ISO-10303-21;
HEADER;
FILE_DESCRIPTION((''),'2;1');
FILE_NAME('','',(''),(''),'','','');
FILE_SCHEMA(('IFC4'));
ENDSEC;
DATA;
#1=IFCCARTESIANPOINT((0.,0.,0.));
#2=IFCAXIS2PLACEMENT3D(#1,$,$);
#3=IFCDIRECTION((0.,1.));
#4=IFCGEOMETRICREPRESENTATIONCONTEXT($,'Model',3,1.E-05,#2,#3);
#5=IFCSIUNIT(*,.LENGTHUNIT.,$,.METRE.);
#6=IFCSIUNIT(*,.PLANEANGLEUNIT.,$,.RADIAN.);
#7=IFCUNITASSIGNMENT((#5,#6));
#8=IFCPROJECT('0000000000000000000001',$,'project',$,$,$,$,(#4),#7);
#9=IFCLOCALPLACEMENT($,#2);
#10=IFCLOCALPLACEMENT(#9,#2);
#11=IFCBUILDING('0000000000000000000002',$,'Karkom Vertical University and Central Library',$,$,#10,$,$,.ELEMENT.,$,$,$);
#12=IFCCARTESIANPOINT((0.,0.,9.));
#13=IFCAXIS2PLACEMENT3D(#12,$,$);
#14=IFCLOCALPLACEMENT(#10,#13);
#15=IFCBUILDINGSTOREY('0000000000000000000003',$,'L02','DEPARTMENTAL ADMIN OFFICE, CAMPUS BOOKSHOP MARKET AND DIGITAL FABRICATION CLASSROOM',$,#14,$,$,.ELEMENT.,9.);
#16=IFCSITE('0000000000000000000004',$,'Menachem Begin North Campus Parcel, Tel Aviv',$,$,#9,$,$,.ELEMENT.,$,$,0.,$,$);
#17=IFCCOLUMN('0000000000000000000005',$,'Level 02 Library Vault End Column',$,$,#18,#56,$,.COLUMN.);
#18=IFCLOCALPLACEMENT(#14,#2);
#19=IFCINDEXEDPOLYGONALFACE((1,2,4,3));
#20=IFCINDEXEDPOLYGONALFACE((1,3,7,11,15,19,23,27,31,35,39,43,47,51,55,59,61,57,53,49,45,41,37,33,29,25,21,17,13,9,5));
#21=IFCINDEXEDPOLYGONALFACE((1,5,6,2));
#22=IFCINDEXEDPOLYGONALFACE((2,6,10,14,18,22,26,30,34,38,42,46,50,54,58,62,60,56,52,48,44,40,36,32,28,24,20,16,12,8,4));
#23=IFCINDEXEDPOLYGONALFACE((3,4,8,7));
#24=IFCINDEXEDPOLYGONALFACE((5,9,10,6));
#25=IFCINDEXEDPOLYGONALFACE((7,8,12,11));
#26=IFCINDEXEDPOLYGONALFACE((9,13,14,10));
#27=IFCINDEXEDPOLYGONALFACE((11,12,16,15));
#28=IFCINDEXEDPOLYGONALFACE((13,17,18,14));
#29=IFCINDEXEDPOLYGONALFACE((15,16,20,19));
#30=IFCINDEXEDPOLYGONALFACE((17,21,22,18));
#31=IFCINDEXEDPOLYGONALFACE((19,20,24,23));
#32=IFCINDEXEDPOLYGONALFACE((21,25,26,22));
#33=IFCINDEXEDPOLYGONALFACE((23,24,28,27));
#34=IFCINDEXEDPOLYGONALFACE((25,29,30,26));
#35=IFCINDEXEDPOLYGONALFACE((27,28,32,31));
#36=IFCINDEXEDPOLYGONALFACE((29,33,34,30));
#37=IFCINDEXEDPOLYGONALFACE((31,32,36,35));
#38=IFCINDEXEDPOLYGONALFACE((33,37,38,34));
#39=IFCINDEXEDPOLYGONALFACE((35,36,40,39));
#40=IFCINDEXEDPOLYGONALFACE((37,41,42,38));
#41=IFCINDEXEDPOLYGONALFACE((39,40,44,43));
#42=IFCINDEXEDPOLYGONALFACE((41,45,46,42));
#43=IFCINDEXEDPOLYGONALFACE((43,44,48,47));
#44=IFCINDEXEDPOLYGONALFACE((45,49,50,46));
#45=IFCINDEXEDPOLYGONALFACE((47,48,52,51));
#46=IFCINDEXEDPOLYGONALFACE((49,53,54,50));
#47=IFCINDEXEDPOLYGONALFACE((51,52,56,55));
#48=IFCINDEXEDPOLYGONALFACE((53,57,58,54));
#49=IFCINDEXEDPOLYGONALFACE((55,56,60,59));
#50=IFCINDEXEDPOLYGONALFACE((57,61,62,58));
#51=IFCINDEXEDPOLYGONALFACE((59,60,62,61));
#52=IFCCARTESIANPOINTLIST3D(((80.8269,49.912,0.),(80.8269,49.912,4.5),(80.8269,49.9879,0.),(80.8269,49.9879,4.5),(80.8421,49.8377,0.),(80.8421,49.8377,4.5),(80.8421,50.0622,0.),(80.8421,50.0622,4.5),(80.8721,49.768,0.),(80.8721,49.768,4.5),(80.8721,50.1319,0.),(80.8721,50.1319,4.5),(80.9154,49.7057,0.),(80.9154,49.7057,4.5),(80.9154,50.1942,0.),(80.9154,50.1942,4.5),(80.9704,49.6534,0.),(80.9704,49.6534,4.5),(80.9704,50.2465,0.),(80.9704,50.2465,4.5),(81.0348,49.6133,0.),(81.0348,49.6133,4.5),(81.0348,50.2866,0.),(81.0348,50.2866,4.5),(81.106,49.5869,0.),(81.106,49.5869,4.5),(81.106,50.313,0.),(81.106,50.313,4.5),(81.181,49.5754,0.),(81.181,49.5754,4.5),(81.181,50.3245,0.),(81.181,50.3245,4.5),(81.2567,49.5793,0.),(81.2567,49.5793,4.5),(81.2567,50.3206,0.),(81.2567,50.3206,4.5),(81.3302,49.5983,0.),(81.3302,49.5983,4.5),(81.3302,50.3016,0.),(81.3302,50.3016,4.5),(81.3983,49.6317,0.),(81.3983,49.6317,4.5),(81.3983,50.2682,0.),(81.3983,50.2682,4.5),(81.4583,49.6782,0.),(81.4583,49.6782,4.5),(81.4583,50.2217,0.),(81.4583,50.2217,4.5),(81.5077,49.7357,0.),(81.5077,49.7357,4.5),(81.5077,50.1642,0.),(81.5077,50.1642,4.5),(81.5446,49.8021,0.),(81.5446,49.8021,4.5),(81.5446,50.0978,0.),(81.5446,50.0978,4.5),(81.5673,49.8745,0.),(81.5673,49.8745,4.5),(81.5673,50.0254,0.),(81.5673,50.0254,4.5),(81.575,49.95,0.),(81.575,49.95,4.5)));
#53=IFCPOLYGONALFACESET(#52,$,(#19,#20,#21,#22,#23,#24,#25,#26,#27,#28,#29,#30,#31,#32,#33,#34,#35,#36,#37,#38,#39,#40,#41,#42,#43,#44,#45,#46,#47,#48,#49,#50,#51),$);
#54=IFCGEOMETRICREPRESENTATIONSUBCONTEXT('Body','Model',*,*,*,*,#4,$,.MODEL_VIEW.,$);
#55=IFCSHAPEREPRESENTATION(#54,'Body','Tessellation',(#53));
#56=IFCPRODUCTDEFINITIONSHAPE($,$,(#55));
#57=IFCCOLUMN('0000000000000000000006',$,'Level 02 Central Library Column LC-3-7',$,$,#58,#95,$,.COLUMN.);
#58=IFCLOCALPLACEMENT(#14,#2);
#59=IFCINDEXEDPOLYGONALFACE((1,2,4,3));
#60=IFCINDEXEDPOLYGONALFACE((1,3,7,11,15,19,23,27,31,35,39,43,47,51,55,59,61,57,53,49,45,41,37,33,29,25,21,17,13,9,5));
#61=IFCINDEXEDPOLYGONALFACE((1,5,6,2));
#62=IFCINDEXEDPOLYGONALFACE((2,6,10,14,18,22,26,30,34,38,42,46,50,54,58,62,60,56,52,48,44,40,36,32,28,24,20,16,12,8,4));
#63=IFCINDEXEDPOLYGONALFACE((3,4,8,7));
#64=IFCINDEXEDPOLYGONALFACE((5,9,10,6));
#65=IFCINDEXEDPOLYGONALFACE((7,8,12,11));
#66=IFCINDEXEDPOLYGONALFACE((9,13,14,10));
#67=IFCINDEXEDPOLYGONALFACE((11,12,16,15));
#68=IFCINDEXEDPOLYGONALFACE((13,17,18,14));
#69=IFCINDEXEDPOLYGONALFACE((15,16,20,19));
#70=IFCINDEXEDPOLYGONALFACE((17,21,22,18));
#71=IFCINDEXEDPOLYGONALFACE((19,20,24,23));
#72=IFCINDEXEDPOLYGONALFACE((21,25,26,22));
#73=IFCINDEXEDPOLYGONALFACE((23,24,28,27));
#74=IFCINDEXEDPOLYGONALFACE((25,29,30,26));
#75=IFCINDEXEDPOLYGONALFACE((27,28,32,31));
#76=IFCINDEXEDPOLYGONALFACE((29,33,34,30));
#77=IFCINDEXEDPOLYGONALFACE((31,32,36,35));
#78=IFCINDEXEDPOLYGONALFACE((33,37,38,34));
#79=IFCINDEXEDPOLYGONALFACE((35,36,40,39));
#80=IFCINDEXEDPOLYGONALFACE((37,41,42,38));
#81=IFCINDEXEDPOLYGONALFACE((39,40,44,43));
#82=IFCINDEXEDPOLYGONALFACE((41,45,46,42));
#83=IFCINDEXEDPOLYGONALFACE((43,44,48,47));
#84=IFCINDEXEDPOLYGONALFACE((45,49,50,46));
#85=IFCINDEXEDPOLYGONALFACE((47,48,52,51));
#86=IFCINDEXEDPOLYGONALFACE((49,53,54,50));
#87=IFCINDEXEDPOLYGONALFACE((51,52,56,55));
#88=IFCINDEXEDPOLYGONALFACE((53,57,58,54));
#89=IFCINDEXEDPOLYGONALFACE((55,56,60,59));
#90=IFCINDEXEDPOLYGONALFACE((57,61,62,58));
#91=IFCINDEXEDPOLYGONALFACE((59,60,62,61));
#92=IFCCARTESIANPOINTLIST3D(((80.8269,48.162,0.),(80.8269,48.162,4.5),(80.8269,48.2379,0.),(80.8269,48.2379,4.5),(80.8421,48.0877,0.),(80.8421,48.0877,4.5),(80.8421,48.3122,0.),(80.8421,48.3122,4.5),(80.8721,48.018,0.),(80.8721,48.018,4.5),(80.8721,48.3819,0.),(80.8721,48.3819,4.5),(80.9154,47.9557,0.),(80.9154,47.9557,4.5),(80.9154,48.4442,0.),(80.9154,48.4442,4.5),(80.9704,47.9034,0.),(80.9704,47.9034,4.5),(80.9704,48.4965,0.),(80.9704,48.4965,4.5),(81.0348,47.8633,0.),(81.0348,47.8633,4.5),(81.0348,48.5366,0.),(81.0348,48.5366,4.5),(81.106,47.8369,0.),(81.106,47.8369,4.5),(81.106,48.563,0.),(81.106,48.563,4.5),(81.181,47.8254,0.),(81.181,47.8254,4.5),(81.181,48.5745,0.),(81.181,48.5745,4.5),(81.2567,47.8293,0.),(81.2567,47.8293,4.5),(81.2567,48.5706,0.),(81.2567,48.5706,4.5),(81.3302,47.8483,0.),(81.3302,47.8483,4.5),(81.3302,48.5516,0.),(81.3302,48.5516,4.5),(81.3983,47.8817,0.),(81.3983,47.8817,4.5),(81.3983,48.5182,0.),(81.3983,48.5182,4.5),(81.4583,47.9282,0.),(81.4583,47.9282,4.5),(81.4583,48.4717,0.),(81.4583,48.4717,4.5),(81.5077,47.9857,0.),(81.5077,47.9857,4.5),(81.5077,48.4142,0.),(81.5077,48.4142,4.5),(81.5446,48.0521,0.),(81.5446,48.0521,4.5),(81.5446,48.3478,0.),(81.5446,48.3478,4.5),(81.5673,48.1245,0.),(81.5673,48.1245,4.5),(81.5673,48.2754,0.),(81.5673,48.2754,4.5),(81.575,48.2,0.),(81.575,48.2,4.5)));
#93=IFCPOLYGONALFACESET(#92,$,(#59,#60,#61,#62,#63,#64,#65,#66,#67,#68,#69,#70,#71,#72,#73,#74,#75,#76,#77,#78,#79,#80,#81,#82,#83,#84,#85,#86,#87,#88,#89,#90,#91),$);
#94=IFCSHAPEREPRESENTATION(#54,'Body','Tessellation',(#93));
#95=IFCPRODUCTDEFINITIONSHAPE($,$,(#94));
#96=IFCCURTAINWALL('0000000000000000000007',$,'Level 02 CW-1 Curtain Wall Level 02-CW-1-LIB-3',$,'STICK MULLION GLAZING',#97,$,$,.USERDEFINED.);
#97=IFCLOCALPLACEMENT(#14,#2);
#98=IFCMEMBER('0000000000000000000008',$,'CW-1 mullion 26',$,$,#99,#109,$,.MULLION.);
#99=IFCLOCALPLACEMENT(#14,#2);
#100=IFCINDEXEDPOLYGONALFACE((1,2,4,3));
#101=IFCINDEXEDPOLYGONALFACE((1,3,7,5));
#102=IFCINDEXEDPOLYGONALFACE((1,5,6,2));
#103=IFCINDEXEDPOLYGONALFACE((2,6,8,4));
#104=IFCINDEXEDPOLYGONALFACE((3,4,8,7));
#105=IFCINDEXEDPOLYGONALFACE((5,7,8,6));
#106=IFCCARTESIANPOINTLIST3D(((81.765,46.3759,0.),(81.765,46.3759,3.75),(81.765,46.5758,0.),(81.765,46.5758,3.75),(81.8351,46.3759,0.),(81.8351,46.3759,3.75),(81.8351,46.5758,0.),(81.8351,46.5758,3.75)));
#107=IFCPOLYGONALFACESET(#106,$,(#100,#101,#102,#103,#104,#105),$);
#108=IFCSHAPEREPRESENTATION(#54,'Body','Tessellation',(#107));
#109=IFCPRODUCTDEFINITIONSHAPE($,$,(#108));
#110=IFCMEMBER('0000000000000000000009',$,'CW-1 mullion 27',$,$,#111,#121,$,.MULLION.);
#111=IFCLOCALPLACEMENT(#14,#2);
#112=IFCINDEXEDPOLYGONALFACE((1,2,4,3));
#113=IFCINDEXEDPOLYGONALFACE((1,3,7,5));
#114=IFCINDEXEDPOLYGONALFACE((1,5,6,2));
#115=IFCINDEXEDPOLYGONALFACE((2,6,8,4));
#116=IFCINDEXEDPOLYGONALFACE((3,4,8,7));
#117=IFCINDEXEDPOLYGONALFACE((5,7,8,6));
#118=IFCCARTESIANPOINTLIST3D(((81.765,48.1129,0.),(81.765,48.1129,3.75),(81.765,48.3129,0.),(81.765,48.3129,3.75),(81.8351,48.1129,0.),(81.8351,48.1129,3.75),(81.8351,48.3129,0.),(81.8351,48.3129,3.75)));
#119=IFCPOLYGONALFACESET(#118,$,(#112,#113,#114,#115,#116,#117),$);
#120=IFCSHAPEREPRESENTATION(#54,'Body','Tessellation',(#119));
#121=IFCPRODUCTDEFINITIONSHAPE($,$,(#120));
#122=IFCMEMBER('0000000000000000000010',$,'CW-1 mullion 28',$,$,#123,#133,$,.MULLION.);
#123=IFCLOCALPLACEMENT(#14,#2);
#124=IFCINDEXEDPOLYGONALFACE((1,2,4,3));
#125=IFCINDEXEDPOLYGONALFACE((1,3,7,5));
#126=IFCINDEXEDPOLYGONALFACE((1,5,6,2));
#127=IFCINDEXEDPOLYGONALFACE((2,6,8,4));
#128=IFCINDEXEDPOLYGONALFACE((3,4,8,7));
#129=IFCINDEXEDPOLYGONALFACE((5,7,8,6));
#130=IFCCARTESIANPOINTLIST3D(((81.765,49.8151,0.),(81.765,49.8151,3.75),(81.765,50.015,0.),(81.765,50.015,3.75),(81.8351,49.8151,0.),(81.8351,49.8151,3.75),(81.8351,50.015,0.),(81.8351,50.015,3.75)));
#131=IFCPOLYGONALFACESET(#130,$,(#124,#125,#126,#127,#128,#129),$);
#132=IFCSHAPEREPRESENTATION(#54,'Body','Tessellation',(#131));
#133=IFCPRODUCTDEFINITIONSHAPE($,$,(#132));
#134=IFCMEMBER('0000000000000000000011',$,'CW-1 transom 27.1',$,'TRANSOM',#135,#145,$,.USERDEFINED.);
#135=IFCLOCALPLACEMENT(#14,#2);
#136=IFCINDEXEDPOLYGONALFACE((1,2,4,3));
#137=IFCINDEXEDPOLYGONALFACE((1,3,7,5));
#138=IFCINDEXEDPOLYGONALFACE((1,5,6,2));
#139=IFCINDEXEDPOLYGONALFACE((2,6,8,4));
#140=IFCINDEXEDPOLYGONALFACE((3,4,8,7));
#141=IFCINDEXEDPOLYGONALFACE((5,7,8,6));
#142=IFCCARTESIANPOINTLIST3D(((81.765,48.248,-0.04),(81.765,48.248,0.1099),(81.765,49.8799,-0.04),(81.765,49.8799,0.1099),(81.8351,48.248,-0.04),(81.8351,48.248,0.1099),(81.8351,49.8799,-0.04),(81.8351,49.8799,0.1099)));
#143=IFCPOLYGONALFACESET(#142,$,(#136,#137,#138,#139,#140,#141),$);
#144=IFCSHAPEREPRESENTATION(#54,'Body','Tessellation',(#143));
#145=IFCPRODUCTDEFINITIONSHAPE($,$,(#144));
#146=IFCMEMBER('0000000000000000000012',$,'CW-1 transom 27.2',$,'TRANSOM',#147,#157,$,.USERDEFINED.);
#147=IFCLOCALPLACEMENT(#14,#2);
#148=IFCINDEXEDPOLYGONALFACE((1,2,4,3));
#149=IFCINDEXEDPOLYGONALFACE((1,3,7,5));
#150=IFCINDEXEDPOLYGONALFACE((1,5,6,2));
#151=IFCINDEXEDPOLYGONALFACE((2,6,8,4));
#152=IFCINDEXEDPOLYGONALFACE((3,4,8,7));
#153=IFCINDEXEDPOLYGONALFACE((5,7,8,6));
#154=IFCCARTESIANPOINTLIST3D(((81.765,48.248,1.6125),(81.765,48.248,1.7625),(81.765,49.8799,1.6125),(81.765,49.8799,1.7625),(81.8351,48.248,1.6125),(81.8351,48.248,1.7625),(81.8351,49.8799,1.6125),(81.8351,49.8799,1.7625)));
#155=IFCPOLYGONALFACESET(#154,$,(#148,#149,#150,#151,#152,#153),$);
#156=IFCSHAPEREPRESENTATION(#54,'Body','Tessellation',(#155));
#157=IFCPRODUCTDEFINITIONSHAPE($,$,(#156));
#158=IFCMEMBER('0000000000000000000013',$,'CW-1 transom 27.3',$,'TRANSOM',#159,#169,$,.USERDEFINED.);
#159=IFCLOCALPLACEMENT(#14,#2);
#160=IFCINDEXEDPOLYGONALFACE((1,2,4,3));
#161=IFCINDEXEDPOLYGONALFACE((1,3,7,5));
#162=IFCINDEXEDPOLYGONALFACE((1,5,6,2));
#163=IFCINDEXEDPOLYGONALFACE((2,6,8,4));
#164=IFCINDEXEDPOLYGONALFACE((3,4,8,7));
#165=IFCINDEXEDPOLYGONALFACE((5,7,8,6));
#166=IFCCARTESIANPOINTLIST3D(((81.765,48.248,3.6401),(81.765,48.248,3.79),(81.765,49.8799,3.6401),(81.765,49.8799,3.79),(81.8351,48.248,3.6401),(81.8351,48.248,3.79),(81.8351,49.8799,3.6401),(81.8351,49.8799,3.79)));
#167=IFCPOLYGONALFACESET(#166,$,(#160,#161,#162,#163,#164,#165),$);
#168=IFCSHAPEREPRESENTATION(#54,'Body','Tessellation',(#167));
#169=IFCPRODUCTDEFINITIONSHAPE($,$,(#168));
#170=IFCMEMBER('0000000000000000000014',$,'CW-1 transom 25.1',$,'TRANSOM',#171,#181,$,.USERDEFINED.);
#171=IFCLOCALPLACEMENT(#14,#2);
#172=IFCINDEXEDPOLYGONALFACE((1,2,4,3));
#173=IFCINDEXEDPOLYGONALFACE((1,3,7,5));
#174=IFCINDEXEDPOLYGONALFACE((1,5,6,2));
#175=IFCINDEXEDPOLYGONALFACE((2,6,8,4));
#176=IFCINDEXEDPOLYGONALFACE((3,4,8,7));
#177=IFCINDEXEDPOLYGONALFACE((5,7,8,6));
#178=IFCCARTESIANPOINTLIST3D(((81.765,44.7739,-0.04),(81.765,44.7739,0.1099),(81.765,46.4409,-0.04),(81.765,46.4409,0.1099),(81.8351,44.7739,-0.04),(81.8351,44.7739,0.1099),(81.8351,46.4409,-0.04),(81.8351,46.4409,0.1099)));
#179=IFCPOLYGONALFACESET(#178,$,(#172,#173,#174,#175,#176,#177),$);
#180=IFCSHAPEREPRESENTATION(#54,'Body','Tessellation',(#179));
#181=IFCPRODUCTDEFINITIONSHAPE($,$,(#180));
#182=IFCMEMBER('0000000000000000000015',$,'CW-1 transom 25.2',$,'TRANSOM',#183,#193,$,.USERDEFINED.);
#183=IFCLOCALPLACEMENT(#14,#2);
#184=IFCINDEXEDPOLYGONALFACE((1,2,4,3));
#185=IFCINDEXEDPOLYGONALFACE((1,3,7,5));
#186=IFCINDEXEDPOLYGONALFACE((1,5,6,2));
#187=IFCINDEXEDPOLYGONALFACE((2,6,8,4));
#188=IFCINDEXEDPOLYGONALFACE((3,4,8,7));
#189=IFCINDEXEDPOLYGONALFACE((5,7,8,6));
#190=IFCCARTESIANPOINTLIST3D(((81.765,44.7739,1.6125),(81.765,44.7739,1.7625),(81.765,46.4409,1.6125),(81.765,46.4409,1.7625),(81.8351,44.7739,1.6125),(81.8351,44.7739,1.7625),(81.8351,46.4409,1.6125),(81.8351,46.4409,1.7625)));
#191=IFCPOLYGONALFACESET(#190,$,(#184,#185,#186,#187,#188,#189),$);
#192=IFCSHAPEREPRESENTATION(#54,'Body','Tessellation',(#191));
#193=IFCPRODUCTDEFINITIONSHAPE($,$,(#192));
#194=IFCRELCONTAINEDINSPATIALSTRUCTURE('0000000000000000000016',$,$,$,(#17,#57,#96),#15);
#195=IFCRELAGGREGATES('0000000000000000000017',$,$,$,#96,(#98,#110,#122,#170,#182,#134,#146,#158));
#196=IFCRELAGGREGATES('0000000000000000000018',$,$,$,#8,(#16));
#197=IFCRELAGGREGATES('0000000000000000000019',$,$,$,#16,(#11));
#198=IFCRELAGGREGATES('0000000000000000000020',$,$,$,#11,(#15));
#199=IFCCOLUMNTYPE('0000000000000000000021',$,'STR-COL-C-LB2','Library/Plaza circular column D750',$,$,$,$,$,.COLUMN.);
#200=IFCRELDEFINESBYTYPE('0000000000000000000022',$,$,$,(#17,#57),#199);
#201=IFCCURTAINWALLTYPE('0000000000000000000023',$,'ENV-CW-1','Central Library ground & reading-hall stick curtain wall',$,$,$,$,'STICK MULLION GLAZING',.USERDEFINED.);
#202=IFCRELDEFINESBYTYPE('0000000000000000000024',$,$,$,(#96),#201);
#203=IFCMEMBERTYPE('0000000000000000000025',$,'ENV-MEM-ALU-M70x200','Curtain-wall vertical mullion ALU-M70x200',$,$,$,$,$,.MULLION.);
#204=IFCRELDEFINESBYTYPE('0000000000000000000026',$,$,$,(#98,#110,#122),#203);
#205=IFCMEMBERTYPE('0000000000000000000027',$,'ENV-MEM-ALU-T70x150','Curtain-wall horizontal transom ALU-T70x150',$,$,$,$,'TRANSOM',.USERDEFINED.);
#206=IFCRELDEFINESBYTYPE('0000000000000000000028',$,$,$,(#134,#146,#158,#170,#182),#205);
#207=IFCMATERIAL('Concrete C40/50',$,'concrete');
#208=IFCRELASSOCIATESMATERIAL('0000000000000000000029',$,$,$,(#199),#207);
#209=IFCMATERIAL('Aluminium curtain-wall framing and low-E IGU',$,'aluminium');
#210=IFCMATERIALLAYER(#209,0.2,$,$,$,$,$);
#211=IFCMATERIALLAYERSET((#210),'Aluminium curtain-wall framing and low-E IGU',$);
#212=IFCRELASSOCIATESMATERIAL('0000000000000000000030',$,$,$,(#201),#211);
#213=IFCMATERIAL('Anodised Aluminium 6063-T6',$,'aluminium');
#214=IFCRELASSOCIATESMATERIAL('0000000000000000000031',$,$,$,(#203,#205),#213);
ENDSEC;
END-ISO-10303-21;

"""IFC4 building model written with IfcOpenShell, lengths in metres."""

from ifc_helpers import new_model, si_unit, direction, frame, origin, origin_with_axes, origin_2d, place, context, subcontext, project, spatial, rectangle, circle, extrude, source, transform, mapped, material, layer, layer_set, material_profile, profile_set, type_object, element, aggregate, save


model = new_model("IFC4")

# Units and contexts
model_context = context("Model", 3, precision=1e-05, world=origin(), true_north=direction((0.0, 1.0)))
body_context = subcontext(model_context, "Body", "Model", "MODEL_VIEW")
ifc_project = project(units=[si_unit("LENGTHUNIT", "METRE"), si_unit("PLANEANGLEUNIT", "RADIAN")], contexts=[model_context])

# Site, building, storey
site_placement = place(None, origin())
site = spatial("IfcSite", under=ifc_project, at=site_placement, Name="Menachem Begin North Campus Parcel, Tel Aviv", CompositionType="ELEMENT", RefElevation=0.0)
building_placement = place(site_placement, origin())
building = spatial("IfcBuilding", under=site, at=building_placement, Name="Karkom Vertical University and Central Library", CompositionType="ELEMENT")
storey_placement = place(building_placement, frame((0.0, 0.0, 9.0)))
storey = spatial("IfcBuildingStorey", under=building, at=storey_placement, Name="L02", Description="DEPARTMENTAL ADMIN OFFICE, CAMPUS BOOKSHOP MARKET AND DIGITAL FABRICATION CLASSROOM", CompositionType="ELEMENT", Elevation=9.0)

# Columns
ifc_material_1 = material(Name="Concrete C40/50", Category="concrete")
ifc_material_profile_1 = material_profile(ifc_material_1, circle(Radius=0.375, at=origin_2d()), Name="RC-D750")
ifc_profile_set_1 = profile_set([ifc_material_profile_1], Name="Concrete C40/50")
column_type = type_object("IfcColumnType", Name="STR-COL-C-LB2", Description="Library/Plaza circular column D750", PredefinedType="COLUMN", material=ifc_profile_set_1)
shared_shape_1 = source(origin_with_axes(), body_context, "Body", "SweptSolid", [
    extrude(circle(Radius=0.375, at=origin_2d()), origin(), (0.0, 0.0, 1.0), 4.5),
])
for number, where, z_axis, x_axis, name in (
    (1, (81.2, 49.95, 0.0), (0.0, 0.0, 1.0), (1.0, 0.0, 0.0), "Level 02 Library Vault End Column"),
    (2, (81.2, 48.2, 0.0), (0.0, 0.0, 1.0), (1.0, 0.0, 0.0), "Level 02 Central Library Column LC-3-7"),
):
    element("IfcColumn", number, at=place(storey_placement, frame(where, z_axis=z_axis, x_axis=x_axis)), inside=storey, type_object=column_type, Name=name, PredefinedType="COLUMN", context=body_context, shape_type="MappedRepresentation", body=[
        mapped(shared_shape_1, transform((0.0, 0.0, 0.0), scale=1.0)),
    ])

# Curtain wall, members
ifc_material_2 = material(Name="Aluminium curtain-wall framing and low-E IGU", Category="aluminium")
ifc_layer_1 = layer(ifc_material_2, 0.2)
ifc_layer_set_1 = layer_set([ifc_layer_1], Name="Aluminium curtain-wall framing and low-E IGU")
curtain_wall_type = type_object("IfcCurtainWallType", Name="ENV-CW-1", Description="Central Library ground & reading-hall stick curtain wall", ElementType="STICK MULLION GLAZING", PredefinedType="USERDEFINED", material=ifc_layer_set_1)
curtain_wall_placement = place(storey_placement, origin())
curtain_wall = element("IfcCurtainWall", 3, at=curtain_wall_placement, inside=storey, type_object=curtain_wall_type, Name="Level 02 CW-1 Curtain Wall Level 02-CW-1-LIB-3", ObjectType="STICK MULLION GLAZING", PredefinedType="USERDEFINED")
ifc_material_3 = material(Name="Anodised Aluminium 6063-T6", Category="aluminium")
ifc_material_profile_2 = material_profile(ifc_material_3, rectangle(XDim=0.0701, YDim=0.2, at=origin_2d()), Name="ALU-M70x200")
ifc_profile_set_2 = profile_set([ifc_material_profile_2], Name="Anodised Aluminium 6063-T6")
member_type_1 = type_object("IfcMemberType", Name="ENV-MEM-ALU-M70x200", Description="Curtain-wall vertical mullion ALU-M70x200", PredefinedType="MULLION", material=ifc_profile_set_2)
shared_shape_2 = source(origin_with_axes(), body_context, "Body", "SweptSolid", [
    extrude(rectangle(XDim=0.0701, YDim=0.2, at=origin_2d()), origin(), (0.0, 0.0, 1.0), 3.75),
])
member_1_placement = place(storey_placement, frame((81.8, 46.4758, 0.0), z_axis=(0.0, 0.0, 1.0), x_axis=(-1.0, 0.0, 0.0)))
member_1 = element("IfcMember", 4, at=member_1_placement, type_object=member_type_1, Name="CW-1 mullion 26", PredefinedType="MULLION", context=body_context, shape_type="MappedRepresentation", body=[
    mapped(shared_shape_2, transform((0.0, 0.0, 0.0), scale=1.0)),
])
member_2_placement = place(storey_placement, frame((81.8, 48.2129, 0.0), z_axis=(0.0, 0.0, 1.0), x_axis=(-1.0, 0.0, 0.0)))
member_2 = element("IfcMember", 5, at=member_2_placement, type_object=member_type_1, Name="CW-1 mullion 27", PredefinedType="MULLION", context=body_context, shape_type="MappedRepresentation", body=[
    mapped(shared_shape_2, transform((0.0, 0.0, 0.0), scale=1.0)),
])
member_3_placement = place(storey_placement, frame((81.8, 49.915, 0.0), z_axis=(0.0, 0.0, 1.0), x_axis=(-1.0, 0.0, 0.0)))
member_3 = element("IfcMember", 6, at=member_3_placement, type_object=member_type_1, Name="CW-1 mullion 28", PredefinedType="MULLION", context=body_context, shape_type="MappedRepresentation", body=[
    mapped(shared_shape_2, transform((0.0, 0.0, 0.0), scale=1.0)),
])
ifc_material_profile_3 = material_profile(ifc_material_3, rectangle(XDim=0.0701, YDim=0.1499, at=origin_2d()), Name="ALU-T70x150")
ifc_profile_set_3 = profile_set([ifc_material_profile_3], Name="Anodised Aluminium 6063-T6")
member_type_2 = type_object("IfcMemberType", Name="ENV-MEM-ALU-T70x150", Description="Curtain-wall horizontal transom ALU-T70x150", ElementType="TRANSOM", PredefinedType="USERDEFINED", material=ifc_profile_set_3)
shared_shape_3 = source(origin_with_axes(), body_context, "Body", "SweptSolid", [
    extrude(rectangle(XDim=0.0701, YDim=0.1499, at=origin_2d()), origin(), (0.0, 0.0, 1.0), 1.6318),
])
member_4_placement = place(storey_placement, frame((81.8, 48.248, 0.0349), z_axis=(0.0, 1.0, 0.0), x_axis=(-1.0, 0.0, 0.0)))
member_4 = element("IfcMember", 7, at=member_4_placement, type_object=member_type_2, Name="CW-1 transom 27.1", ObjectType="TRANSOM", PredefinedType="USERDEFINED", context=body_context, shape_type="MappedRepresentation", body=[
    mapped(shared_shape_3, transform((0.0, 0.0, 0.0), scale=1.0)),
])
member_5_placement = place(storey_placement, frame((81.8, 48.248, 1.6875), z_axis=(0.0, 1.0, 0.0), x_axis=(-1.0, 0.0, 0.0)))
member_5 = element("IfcMember", 8, at=member_5_placement, type_object=member_type_2, Name="CW-1 transom 27.2", ObjectType="TRANSOM", PredefinedType="USERDEFINED", context=body_context, shape_type="MappedRepresentation", body=[
    mapped(shared_shape_3, transform((0.0, 0.0, 0.0), scale=1.0)),
])
member_6_placement = place(storey_placement, frame((81.8, 48.248, 3.7151), z_axis=(0.0, 1.0, 0.0), x_axis=(-1.0, 0.0, 0.0)))
member_6 = element("IfcMember", 9, at=member_6_placement, type_object=member_type_2, Name="CW-1 transom 27.3", ObjectType="TRANSOM", PredefinedType="USERDEFINED", context=body_context, shape_type="MappedRepresentation", body=[
    mapped(shared_shape_3, transform((0.0, 0.0, 0.0), scale=1.0)),
])
shared_shape_4 = source(origin_with_axes(), body_context, "Body", "SweptSolid", [
    extrude(rectangle(XDim=0.0701, YDim=0.1499, at=origin_2d()), origin(), (0.0, 0.0, 1.0), 1.667),
])
member_7_placement = place(storey_placement, frame((81.8, 44.7739, 0.0349), z_axis=(0.0, 1.0, 0.0), x_axis=(-1.0, 0.0, 0.0)))
member_7 = element("IfcMember", 10, at=member_7_placement, type_object=member_type_2, Name="CW-1 transom 25.1", ObjectType="TRANSOM", PredefinedType="USERDEFINED", context=body_context, shape_type="MappedRepresentation", body=[
    mapped(shared_shape_4, transform((0.0, 0.0, 0.0), scale=1.0)),
])
member_8_placement = place(storey_placement, frame((81.8, 44.7739, 1.6875), z_axis=(0.0, 1.0, 0.0), x_axis=(-1.0, 0.0, 0.0)))
member_8 = element("IfcMember", 11, at=member_8_placement, type_object=member_type_2, Name="CW-1 transom 25.2", ObjectType="TRANSOM", PredefinedType="USERDEFINED", context=body_context, shape_type="MappedRepresentation", body=[
    mapped(shared_shape_4, transform((0.0, 0.0, 0.0), scale=1.0)),
])
aggregate(curtain_wall, [member_1, member_2, member_3, member_7, member_8, member_4, member_5, member_6])

save(model, "model.ifc")
